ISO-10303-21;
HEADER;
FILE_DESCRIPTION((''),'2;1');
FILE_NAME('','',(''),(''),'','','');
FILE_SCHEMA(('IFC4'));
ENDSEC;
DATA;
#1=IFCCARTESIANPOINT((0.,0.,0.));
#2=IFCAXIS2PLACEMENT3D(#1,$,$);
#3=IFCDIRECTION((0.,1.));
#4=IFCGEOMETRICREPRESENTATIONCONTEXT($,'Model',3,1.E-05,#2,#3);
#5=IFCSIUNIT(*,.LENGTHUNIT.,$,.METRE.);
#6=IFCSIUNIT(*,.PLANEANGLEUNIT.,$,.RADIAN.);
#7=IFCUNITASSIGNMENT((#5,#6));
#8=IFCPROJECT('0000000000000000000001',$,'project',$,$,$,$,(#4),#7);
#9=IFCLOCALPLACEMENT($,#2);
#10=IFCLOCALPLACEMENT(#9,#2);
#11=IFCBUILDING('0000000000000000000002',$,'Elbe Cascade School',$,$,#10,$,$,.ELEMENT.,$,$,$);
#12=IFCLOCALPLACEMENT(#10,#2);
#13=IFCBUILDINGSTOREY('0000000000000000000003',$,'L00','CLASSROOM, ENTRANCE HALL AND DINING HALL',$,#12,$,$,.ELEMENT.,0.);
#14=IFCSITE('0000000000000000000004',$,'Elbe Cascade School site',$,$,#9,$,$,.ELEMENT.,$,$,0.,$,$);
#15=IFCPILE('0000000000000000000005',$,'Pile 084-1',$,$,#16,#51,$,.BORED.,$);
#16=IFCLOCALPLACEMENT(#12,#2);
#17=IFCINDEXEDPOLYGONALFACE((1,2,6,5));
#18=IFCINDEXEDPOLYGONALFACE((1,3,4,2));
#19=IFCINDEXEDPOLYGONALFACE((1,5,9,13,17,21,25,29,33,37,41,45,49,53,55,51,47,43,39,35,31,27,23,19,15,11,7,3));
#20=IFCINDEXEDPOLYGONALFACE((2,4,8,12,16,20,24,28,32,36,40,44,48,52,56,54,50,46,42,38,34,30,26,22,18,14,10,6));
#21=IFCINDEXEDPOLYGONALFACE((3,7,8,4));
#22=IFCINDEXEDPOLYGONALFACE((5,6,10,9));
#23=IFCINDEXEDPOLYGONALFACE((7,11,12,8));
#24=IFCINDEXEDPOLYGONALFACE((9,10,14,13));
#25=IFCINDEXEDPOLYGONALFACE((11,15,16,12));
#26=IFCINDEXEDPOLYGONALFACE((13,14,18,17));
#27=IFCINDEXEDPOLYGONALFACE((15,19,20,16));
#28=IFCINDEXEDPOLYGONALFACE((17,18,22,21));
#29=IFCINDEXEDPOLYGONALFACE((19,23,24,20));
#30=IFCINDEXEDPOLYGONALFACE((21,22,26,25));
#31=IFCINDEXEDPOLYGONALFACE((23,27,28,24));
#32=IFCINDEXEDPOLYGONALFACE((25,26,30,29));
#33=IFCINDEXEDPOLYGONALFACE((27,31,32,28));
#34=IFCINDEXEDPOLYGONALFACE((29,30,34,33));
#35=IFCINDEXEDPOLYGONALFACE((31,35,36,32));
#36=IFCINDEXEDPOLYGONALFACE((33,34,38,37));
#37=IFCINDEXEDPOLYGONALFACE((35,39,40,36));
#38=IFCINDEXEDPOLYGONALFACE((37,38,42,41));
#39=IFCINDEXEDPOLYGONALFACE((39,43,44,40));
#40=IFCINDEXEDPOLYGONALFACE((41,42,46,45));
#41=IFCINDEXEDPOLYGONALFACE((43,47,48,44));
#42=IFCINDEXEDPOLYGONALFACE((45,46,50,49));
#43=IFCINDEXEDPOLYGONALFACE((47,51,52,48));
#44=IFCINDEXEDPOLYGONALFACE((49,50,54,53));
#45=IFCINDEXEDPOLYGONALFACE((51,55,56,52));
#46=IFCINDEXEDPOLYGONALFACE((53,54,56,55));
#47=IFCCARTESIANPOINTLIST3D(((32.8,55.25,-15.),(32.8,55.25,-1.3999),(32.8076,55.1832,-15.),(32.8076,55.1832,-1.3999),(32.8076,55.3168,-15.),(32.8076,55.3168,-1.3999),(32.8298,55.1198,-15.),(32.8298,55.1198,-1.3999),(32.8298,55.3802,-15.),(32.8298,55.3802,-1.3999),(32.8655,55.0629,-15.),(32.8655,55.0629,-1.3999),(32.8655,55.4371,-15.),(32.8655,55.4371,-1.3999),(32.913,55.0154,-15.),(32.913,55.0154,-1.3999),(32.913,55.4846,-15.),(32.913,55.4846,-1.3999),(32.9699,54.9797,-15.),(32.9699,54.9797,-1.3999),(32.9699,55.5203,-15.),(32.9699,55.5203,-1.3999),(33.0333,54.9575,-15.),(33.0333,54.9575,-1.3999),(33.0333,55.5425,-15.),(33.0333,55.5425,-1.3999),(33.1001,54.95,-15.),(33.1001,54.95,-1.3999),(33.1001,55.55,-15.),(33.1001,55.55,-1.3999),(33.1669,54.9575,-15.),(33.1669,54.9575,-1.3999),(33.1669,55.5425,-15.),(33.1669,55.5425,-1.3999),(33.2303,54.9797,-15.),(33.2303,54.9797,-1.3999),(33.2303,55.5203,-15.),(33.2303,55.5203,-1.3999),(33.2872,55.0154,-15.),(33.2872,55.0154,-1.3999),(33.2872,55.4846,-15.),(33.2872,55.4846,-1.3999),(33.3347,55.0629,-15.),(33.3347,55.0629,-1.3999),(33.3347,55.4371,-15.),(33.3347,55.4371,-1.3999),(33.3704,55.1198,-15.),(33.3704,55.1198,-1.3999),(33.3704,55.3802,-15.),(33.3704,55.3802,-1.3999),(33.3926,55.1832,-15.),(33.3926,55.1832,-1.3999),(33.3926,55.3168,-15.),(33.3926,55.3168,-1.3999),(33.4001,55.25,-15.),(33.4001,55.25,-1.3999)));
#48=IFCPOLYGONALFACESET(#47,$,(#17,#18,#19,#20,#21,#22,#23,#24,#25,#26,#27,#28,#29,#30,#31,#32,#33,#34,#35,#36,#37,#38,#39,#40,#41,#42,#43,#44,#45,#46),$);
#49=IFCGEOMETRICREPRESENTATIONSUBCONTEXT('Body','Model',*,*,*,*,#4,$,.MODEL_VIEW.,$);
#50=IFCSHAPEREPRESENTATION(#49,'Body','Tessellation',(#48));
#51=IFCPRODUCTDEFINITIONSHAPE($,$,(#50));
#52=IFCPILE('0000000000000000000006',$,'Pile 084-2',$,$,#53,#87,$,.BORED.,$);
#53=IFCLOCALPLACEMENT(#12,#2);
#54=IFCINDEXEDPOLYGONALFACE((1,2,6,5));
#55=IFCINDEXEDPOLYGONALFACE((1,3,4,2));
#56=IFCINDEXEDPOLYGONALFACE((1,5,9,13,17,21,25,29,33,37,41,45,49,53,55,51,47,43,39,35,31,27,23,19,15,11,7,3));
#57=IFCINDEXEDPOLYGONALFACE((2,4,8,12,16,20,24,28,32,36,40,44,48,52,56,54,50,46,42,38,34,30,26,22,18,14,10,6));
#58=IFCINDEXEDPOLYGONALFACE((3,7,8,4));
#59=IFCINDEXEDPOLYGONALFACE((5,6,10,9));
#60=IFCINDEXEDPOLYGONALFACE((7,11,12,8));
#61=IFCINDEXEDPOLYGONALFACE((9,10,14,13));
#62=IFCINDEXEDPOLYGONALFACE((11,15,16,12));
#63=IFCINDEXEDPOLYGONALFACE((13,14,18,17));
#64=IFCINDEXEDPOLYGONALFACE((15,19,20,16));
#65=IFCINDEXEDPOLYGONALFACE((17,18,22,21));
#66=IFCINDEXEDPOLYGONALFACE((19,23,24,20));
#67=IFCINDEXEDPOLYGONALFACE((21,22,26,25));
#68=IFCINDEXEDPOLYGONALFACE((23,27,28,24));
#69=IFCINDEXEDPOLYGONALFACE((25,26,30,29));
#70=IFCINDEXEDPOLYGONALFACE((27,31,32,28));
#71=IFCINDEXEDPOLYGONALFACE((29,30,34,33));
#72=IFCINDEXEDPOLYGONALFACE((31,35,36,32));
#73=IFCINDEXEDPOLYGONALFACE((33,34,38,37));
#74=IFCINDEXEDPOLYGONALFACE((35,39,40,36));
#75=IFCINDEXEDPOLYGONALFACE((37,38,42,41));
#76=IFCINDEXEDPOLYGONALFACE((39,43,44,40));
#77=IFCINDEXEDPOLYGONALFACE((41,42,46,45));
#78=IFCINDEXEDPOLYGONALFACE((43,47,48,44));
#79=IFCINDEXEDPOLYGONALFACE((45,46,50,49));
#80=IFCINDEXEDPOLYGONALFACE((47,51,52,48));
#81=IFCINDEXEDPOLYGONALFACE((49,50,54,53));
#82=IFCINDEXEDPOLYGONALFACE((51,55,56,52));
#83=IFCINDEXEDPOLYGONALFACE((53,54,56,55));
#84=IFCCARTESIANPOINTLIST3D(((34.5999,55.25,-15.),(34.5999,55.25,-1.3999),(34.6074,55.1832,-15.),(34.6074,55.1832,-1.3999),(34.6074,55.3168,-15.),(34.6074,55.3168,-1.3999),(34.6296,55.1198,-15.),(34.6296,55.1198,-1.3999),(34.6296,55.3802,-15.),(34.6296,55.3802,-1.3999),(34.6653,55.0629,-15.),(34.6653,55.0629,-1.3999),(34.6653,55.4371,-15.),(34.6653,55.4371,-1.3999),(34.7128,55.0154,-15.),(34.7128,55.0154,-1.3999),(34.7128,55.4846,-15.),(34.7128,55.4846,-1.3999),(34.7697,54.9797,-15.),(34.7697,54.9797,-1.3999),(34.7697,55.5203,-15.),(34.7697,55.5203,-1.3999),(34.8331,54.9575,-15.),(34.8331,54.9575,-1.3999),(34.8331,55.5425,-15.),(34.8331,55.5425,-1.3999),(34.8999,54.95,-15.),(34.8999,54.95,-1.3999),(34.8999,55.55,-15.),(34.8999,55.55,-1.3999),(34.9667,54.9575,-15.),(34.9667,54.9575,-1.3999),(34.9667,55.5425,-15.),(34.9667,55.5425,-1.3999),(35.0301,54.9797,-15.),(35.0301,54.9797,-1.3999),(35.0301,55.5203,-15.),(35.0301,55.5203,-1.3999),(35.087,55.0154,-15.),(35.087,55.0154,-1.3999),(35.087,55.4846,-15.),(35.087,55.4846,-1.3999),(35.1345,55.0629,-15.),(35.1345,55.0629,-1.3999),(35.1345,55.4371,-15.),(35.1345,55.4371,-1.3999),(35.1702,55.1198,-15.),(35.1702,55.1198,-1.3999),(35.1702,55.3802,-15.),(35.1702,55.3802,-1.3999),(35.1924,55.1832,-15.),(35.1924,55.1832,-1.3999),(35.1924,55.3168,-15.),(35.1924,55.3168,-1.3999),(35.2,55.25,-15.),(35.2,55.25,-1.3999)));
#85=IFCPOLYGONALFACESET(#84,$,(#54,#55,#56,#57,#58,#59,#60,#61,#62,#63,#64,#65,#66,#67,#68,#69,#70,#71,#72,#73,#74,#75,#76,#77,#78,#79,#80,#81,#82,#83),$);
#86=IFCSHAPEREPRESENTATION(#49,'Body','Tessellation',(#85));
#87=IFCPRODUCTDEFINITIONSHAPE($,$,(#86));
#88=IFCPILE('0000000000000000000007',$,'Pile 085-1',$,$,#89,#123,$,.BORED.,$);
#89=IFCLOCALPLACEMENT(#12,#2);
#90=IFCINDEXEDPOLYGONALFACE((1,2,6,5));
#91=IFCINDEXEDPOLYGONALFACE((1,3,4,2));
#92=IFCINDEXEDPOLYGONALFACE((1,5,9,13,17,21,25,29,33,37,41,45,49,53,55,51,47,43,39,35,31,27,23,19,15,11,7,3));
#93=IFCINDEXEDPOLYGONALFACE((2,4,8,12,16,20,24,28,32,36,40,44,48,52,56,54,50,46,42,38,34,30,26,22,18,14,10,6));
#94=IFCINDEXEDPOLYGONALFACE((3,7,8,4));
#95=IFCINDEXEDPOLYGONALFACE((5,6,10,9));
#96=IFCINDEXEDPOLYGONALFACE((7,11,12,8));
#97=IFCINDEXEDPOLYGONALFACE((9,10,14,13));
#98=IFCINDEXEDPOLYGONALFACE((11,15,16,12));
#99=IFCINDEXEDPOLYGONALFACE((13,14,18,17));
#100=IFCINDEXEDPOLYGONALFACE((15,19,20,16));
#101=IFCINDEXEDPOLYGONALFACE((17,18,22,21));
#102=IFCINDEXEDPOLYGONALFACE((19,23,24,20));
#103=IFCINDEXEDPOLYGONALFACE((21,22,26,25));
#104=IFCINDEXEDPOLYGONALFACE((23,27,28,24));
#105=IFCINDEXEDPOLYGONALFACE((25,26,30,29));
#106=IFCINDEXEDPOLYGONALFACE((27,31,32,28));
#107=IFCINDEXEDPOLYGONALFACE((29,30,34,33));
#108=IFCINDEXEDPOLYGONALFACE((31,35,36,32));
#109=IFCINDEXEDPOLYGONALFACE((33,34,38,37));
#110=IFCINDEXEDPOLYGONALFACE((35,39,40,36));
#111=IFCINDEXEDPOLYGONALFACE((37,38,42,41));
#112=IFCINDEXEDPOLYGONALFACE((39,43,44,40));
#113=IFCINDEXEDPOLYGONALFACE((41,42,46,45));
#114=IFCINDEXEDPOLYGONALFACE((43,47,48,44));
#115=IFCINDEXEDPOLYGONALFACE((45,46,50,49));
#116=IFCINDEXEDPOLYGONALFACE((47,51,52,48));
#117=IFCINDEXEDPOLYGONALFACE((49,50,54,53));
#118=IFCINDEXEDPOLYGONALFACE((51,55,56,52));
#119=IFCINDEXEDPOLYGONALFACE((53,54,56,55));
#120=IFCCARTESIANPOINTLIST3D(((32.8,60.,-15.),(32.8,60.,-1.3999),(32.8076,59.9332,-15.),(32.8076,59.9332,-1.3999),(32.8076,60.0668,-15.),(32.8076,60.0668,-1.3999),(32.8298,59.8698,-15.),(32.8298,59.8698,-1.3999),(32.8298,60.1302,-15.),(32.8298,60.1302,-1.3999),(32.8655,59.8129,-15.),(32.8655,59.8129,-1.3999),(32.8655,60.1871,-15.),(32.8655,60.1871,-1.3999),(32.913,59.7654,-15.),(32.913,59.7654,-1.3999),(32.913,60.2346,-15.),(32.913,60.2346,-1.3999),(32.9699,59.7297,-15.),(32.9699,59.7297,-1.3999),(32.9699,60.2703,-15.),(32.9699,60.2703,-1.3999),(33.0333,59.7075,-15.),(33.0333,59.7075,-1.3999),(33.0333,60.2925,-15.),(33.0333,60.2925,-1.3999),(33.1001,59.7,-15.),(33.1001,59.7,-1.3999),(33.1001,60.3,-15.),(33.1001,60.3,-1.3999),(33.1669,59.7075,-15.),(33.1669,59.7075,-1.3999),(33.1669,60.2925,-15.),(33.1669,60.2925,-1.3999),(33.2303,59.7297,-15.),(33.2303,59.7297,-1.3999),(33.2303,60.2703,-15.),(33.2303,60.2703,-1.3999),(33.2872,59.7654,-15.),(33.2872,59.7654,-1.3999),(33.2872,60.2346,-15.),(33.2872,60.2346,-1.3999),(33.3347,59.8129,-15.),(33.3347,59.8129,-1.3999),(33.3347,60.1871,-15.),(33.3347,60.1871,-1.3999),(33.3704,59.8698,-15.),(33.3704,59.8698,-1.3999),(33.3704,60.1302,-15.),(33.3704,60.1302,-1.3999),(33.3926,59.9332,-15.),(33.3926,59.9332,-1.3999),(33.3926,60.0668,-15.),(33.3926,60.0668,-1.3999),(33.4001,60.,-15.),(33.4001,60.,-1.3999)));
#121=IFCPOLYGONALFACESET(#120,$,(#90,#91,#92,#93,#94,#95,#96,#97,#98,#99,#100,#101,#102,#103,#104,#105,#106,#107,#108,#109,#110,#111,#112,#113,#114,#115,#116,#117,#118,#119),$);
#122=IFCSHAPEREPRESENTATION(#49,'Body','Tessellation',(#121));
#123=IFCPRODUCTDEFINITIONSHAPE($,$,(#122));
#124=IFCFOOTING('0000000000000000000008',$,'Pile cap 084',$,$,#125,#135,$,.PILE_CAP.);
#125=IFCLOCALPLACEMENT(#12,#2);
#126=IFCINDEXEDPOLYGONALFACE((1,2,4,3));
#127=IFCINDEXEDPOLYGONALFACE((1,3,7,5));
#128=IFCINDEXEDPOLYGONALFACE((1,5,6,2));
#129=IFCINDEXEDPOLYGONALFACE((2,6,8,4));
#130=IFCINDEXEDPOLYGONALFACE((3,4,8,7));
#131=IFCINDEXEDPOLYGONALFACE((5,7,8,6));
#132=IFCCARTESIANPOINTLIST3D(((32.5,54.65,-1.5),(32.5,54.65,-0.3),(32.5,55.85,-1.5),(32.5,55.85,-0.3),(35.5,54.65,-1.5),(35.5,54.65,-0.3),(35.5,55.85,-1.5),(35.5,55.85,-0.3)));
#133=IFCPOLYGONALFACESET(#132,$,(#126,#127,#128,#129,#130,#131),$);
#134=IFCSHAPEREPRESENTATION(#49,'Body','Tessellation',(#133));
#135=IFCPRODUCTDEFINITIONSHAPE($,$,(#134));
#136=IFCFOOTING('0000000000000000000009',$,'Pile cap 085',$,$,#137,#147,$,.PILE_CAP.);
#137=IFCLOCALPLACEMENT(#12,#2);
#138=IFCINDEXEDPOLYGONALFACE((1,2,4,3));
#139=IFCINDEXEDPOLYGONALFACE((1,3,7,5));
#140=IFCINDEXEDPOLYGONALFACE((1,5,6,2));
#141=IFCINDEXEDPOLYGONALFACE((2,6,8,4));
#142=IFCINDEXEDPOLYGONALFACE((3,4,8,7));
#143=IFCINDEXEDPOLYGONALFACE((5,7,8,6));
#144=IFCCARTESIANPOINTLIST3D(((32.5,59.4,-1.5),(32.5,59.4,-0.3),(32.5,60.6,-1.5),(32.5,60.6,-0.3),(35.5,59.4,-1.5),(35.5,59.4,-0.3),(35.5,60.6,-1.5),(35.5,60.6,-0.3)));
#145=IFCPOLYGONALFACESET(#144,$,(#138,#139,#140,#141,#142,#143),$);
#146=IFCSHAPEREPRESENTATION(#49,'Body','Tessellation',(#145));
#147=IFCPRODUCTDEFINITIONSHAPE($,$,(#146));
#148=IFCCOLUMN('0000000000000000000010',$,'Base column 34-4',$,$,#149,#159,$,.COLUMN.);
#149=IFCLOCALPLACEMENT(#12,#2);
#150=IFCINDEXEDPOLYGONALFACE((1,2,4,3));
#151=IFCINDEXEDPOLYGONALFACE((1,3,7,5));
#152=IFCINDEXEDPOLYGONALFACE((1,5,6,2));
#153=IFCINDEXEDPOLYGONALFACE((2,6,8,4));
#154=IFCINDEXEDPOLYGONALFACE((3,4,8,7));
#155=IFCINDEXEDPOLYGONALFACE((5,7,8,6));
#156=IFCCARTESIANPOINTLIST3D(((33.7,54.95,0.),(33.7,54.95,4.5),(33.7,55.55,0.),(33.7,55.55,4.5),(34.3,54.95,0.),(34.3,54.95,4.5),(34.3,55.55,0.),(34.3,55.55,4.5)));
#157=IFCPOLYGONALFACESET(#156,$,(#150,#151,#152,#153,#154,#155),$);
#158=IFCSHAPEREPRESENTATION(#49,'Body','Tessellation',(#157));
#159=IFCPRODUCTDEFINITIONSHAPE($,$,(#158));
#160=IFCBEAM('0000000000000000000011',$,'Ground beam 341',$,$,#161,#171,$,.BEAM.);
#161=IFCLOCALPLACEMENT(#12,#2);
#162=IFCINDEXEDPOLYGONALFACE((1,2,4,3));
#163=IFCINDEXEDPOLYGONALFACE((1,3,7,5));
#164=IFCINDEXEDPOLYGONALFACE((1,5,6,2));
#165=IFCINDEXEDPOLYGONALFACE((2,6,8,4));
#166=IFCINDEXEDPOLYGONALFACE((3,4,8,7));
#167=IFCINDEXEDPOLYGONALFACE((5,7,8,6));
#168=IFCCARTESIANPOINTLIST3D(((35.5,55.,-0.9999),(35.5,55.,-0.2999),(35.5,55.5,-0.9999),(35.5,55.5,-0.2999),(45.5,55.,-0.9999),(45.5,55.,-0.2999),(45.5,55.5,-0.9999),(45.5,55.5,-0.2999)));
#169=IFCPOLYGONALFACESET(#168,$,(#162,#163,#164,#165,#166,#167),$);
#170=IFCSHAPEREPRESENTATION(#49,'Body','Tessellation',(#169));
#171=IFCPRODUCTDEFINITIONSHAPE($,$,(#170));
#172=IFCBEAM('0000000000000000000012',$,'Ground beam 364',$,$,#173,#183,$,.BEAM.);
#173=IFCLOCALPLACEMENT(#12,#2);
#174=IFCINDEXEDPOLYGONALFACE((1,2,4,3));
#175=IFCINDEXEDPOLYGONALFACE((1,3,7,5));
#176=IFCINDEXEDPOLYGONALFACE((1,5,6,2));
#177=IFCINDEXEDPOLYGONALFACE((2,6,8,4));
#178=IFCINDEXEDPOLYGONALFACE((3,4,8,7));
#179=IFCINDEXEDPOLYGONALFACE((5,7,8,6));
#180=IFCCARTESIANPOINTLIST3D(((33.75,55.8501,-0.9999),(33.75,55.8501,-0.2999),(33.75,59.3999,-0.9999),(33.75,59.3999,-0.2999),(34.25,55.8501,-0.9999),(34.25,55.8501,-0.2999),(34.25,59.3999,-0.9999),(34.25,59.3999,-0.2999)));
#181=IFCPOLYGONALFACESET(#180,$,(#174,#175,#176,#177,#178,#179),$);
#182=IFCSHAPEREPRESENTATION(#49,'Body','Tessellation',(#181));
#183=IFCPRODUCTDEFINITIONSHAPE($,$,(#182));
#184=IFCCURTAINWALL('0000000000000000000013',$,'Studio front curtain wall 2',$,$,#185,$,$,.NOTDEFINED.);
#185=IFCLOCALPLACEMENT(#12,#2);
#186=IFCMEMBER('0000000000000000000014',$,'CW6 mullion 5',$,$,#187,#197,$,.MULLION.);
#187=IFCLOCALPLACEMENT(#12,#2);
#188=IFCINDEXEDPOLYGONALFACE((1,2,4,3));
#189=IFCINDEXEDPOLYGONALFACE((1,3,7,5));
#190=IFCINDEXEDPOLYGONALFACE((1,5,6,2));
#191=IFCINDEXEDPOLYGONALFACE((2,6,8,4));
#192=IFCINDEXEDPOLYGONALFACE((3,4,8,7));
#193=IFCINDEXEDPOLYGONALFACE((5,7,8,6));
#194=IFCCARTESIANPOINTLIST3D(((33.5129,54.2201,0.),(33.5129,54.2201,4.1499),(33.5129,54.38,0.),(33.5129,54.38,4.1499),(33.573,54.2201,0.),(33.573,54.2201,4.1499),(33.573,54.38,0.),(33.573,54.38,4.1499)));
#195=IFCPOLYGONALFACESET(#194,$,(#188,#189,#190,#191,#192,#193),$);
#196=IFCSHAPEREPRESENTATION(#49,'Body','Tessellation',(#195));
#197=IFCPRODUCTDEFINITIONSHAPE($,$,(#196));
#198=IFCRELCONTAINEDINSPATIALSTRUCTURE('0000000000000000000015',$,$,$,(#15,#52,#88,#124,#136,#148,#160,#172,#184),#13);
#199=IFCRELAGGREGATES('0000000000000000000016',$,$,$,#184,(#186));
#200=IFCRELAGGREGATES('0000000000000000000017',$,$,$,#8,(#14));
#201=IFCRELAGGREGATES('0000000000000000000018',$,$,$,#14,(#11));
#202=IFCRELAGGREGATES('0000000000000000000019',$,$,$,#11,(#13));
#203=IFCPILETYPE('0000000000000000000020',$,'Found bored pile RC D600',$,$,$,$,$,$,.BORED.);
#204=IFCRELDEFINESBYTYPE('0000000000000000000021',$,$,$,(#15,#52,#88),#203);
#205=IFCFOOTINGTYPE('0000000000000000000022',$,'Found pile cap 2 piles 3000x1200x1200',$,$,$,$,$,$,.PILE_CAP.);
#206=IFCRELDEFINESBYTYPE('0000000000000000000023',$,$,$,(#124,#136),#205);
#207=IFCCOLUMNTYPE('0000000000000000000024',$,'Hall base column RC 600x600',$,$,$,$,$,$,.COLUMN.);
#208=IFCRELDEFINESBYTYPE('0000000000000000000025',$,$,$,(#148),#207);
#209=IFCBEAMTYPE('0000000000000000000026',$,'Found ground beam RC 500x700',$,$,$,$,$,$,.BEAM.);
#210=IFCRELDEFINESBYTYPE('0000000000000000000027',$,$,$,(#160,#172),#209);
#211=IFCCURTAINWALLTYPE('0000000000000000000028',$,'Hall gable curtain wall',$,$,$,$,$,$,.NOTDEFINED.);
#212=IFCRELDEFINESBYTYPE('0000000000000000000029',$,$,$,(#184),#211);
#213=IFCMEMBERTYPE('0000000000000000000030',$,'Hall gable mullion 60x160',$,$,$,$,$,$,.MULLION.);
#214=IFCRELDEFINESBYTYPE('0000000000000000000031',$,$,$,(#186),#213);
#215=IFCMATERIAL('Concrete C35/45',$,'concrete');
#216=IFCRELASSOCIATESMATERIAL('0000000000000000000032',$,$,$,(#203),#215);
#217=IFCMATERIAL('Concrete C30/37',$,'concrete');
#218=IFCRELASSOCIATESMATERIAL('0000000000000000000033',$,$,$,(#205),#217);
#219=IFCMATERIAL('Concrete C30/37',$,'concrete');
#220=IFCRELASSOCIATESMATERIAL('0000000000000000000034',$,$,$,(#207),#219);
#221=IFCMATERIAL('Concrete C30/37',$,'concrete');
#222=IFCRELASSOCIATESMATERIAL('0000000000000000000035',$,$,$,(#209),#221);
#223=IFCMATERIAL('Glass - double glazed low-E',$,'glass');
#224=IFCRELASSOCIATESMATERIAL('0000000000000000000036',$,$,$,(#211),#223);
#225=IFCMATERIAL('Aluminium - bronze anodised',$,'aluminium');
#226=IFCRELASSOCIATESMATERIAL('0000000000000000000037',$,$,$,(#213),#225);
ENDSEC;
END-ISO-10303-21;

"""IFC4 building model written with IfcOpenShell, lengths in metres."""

from ifc_helpers import new_model, si_unit, direction, frame, origin, origin_2d, place, context, subcontext, project, spatial, rectangle, circle, extrude, material, material_profile, profile_set, type_object, element, aggregate, save


model = new_model("IFC4")

# Units and contexts
model_context = context("Model", 3, precision=1e-05, world=origin(), true_north=direction((0.0, 1.0)))
body_context = subcontext(model_context, "Body", "Model", "MODEL_VIEW")
ifc_project = project(units=[si_unit("LENGTHUNIT", "METRE"), si_unit("PLANEANGLEUNIT", "RADIAN")], contexts=[model_context])

# Site, building, storey
site_placement = place(None, origin())
site = spatial("IfcSite", under=ifc_project, at=site_placement, Name="Elbe Cascade School site", CompositionType="ELEMENT", RefElevation=0.0)
building_placement = place(site_placement, origin())
building = spatial("IfcBuilding", under=site, at=building_placement, Name="Elbe Cascade School", CompositionType="ELEMENT")
storey_placement = place(building_placement, origin())
storey = spatial("IfcBuildingStorey", under=building, at=storey_placement, Name="L00", Description="CLASSROOM, ENTRANCE HALL AND DINING HALL", CompositionType="ELEMENT", Elevation=0.0)

# Piles
ifc_material_1 = material(Name="Concrete C35/45", Category="concrete")
ifc_material_profile_1 = material_profile(ifc_material_1, circle(Radius=0.3, at=origin_2d()), Name="RC D600")
ifc_profile_set_1 = profile_set([ifc_material_profile_1], Name="Concrete C35/45")
pile_type = type_object("IfcPileType", Name="Found bored pile RC D600", PredefinedType="BORED", material=ifc_profile_set_1)
for number, where, z_axis, x_axis, name in (
    (1, (33.1001, 55.25, -1.3999), (0.0, 0.0, -1.0), (1.0, 0.0, 0.0), "Pile 084-1"),
    (2, (34.8999, 55.25, -1.3999), (0.0, 0.0, -1.0), (1.0, 0.0, 0.0), "Pile 084-2"),
    (3, (33.1001, 60.0, -1.3999), (0.0, 0.0, -1.0), (1.0, 0.0, 0.0), "Pile 085-1"),
):
    element("IfcPile", number, at=place(storey_placement, frame(where, z_axis=z_axis, x_axis=x_axis)), inside=storey, type_object=pile_type, Name=name, PredefinedType="BORED", context=body_context, shape_type="SweptSolid", body=[
        extrude(circle(Radius=0.3, at=origin_2d()), origin(), (0.0, 0.0, 1.0), 13.6001),
    ])

# Footings
ifc_material_2 = material(Name="Concrete C30/37", Category="concrete")
footing_type = type_object("IfcFootingType", Name="Found pile cap 2 piles 3000x1200x1200", PredefinedType="PILE_CAP", material=ifc_material_2)
for number, where, z_axis, x_axis, name in (
    (4, (34.0, 55.25, -1.5), (0.0, 0.0, 1.0), (1.0, 0.0, 0.0), "Pile cap 084"),
    (5, (34.0, 60.0, -1.5), (0.0, 0.0, 1.0), (1.0, 0.0, 0.0), "Pile cap 085"),
):
    element("IfcFooting", number, at=place(storey_placement, frame(where, z_axis=z_axis, x_axis=x_axis)), inside=storey, type_object=footing_type, Name=name, PredefinedType="PILE_CAP", context=body_context, shape_type="SweptSolid", body=[
        extrude(rectangle(XDim=3.0, YDim=1.2, at=origin_2d()), origin(), (0.0, 0.0, 1.0), 1.2),
    ])

# Column
ifc_material_3 = material(Name="Concrete C30/37", Category="concrete")
ifc_material_profile_2 = material_profile(ifc_material_3, rectangle(XDim=0.6001, YDim=0.6001, at=origin_2d()), Name="RC 600x600")
ifc_profile_set_2 = profile_set([ifc_material_profile_2], Name="Concrete C30/37")
column_type = type_object("IfcColumnType", Name="Hall base column RC 600x600", PredefinedType="COLUMN", material=ifc_profile_set_2)
column_placement = place(storey_placement, frame((34.0, 55.25, 0.0), z_axis=(0.0, 0.0, 1.0), x_axis=(1.0, 0.0, 0.0)))
element("IfcColumn", 6, at=column_placement, inside=storey, type_object=column_type, Name="Base column 34-4", PredefinedType="COLUMN", context=body_context, shape_type="SweptSolid", body=[
    extrude(rectangle(XDim=0.6001, YDim=0.6001, at=origin_2d()), origin(), (0.0, 0.0, 1.0), 4.5),
])

# Beams
ifc_material_4 = material(Name="Concrete C30/37", Category="concrete")
ifc_material_profile_3 = material_profile(ifc_material_4, rectangle(XDim=0.5, YDim=0.7, at=origin_2d()), Name="RC 500x700")
ifc_profile_set_3 = profile_set([ifc_material_profile_3], Name="Concrete C30/37")
beam_type = type_object("IfcBeamType", Name="Found ground beam RC 500x700", PredefinedType="BEAM", material=ifc_profile_set_3)
beam_1_placement = place(storey_placement, frame((35.5, 55.25, -0.6499), z_axis=(1.0, 0.0, 0.0), x_axis=(0.0, 1.0, 0.0)))
element("IfcBeam", 7, at=beam_1_placement, inside=storey, type_object=beam_type, Name="Ground beam 341", PredefinedType="BEAM", context=body_context, shape_type="SweptSolid", body=[
    extrude(rectangle(XDim=0.5, YDim=0.7, at=origin_2d()), origin(), (0.0, 0.0, 1.0), 10.0),
])
beam_2_placement = place(storey_placement, frame((34.0, 55.8501, -0.6499), z_axis=(0.0, 1.0, 0.0), x_axis=(-1.0, 0.0, 0.0)))
element("IfcBeam", 8, at=beam_2_placement, inside=storey, type_object=beam_type, Name="Ground beam 364", PredefinedType="BEAM", context=body_context, shape_type="SweptSolid", body=[
    extrude(rectangle(XDim=0.5, YDim=0.7, at=origin_2d()), origin(), (0.0, 0.0, 1.0), 3.5498),
])

# Curtain wall, member
ifc_material_5 = material(Name="Glass - double glazed low-E", Category="glass")
curtain_wall_type = type_object("IfcCurtainWallType", Name="Hall gable curtain wall", PredefinedType="NOTDEFINED", material=ifc_material_5)
curtain_wall_placement = place(storey_placement, origin())
curtain_wall = element("IfcCurtainWall", 9, at=curtain_wall_placement, inside=storey, type_object=curtain_wall_type, Name="Studio front curtain wall 2", PredefinedType="NOTDEFINED")
ifc_material_6 = material(Name="Aluminium - bronze anodised", Category="aluminium")
ifc_material_profile_4 = material_profile(ifc_material_6, rectangle(XDim=0.1599, YDim=0.0601, at=origin_2d()), Name="Alu 60x160")
ifc_profile_set_4 = profile_set([ifc_material_profile_4], Name="Aluminium - bronze anodised")
member_type_1 = type_object("IfcMemberType", Name="Hall gable mullion 60x160", PredefinedType="MULLION", material=ifc_profile_set_4)
member_1_placement = place(storey_placement, frame((33.543, 54.3, 0.0), z_axis=(0.0, 0.0, 1.0), x_axis=(0.0, 1.0, 0.0)))
member_1 = element("IfcMember", 10, at=member_1_placement, type_object=member_type_1, Name="CW6 mullion 5", PredefinedType="MULLION", context=body_context, shape_type="SweptSolid", body=[
    extrude(rectangle(XDim=0.1599, YDim=0.0601, at=origin_2d()), origin(), (0.0, 0.0, 1.0), 4.1499),
])
aggregate(curtain_wall, [member_1])

save(model, "model.ifc")
